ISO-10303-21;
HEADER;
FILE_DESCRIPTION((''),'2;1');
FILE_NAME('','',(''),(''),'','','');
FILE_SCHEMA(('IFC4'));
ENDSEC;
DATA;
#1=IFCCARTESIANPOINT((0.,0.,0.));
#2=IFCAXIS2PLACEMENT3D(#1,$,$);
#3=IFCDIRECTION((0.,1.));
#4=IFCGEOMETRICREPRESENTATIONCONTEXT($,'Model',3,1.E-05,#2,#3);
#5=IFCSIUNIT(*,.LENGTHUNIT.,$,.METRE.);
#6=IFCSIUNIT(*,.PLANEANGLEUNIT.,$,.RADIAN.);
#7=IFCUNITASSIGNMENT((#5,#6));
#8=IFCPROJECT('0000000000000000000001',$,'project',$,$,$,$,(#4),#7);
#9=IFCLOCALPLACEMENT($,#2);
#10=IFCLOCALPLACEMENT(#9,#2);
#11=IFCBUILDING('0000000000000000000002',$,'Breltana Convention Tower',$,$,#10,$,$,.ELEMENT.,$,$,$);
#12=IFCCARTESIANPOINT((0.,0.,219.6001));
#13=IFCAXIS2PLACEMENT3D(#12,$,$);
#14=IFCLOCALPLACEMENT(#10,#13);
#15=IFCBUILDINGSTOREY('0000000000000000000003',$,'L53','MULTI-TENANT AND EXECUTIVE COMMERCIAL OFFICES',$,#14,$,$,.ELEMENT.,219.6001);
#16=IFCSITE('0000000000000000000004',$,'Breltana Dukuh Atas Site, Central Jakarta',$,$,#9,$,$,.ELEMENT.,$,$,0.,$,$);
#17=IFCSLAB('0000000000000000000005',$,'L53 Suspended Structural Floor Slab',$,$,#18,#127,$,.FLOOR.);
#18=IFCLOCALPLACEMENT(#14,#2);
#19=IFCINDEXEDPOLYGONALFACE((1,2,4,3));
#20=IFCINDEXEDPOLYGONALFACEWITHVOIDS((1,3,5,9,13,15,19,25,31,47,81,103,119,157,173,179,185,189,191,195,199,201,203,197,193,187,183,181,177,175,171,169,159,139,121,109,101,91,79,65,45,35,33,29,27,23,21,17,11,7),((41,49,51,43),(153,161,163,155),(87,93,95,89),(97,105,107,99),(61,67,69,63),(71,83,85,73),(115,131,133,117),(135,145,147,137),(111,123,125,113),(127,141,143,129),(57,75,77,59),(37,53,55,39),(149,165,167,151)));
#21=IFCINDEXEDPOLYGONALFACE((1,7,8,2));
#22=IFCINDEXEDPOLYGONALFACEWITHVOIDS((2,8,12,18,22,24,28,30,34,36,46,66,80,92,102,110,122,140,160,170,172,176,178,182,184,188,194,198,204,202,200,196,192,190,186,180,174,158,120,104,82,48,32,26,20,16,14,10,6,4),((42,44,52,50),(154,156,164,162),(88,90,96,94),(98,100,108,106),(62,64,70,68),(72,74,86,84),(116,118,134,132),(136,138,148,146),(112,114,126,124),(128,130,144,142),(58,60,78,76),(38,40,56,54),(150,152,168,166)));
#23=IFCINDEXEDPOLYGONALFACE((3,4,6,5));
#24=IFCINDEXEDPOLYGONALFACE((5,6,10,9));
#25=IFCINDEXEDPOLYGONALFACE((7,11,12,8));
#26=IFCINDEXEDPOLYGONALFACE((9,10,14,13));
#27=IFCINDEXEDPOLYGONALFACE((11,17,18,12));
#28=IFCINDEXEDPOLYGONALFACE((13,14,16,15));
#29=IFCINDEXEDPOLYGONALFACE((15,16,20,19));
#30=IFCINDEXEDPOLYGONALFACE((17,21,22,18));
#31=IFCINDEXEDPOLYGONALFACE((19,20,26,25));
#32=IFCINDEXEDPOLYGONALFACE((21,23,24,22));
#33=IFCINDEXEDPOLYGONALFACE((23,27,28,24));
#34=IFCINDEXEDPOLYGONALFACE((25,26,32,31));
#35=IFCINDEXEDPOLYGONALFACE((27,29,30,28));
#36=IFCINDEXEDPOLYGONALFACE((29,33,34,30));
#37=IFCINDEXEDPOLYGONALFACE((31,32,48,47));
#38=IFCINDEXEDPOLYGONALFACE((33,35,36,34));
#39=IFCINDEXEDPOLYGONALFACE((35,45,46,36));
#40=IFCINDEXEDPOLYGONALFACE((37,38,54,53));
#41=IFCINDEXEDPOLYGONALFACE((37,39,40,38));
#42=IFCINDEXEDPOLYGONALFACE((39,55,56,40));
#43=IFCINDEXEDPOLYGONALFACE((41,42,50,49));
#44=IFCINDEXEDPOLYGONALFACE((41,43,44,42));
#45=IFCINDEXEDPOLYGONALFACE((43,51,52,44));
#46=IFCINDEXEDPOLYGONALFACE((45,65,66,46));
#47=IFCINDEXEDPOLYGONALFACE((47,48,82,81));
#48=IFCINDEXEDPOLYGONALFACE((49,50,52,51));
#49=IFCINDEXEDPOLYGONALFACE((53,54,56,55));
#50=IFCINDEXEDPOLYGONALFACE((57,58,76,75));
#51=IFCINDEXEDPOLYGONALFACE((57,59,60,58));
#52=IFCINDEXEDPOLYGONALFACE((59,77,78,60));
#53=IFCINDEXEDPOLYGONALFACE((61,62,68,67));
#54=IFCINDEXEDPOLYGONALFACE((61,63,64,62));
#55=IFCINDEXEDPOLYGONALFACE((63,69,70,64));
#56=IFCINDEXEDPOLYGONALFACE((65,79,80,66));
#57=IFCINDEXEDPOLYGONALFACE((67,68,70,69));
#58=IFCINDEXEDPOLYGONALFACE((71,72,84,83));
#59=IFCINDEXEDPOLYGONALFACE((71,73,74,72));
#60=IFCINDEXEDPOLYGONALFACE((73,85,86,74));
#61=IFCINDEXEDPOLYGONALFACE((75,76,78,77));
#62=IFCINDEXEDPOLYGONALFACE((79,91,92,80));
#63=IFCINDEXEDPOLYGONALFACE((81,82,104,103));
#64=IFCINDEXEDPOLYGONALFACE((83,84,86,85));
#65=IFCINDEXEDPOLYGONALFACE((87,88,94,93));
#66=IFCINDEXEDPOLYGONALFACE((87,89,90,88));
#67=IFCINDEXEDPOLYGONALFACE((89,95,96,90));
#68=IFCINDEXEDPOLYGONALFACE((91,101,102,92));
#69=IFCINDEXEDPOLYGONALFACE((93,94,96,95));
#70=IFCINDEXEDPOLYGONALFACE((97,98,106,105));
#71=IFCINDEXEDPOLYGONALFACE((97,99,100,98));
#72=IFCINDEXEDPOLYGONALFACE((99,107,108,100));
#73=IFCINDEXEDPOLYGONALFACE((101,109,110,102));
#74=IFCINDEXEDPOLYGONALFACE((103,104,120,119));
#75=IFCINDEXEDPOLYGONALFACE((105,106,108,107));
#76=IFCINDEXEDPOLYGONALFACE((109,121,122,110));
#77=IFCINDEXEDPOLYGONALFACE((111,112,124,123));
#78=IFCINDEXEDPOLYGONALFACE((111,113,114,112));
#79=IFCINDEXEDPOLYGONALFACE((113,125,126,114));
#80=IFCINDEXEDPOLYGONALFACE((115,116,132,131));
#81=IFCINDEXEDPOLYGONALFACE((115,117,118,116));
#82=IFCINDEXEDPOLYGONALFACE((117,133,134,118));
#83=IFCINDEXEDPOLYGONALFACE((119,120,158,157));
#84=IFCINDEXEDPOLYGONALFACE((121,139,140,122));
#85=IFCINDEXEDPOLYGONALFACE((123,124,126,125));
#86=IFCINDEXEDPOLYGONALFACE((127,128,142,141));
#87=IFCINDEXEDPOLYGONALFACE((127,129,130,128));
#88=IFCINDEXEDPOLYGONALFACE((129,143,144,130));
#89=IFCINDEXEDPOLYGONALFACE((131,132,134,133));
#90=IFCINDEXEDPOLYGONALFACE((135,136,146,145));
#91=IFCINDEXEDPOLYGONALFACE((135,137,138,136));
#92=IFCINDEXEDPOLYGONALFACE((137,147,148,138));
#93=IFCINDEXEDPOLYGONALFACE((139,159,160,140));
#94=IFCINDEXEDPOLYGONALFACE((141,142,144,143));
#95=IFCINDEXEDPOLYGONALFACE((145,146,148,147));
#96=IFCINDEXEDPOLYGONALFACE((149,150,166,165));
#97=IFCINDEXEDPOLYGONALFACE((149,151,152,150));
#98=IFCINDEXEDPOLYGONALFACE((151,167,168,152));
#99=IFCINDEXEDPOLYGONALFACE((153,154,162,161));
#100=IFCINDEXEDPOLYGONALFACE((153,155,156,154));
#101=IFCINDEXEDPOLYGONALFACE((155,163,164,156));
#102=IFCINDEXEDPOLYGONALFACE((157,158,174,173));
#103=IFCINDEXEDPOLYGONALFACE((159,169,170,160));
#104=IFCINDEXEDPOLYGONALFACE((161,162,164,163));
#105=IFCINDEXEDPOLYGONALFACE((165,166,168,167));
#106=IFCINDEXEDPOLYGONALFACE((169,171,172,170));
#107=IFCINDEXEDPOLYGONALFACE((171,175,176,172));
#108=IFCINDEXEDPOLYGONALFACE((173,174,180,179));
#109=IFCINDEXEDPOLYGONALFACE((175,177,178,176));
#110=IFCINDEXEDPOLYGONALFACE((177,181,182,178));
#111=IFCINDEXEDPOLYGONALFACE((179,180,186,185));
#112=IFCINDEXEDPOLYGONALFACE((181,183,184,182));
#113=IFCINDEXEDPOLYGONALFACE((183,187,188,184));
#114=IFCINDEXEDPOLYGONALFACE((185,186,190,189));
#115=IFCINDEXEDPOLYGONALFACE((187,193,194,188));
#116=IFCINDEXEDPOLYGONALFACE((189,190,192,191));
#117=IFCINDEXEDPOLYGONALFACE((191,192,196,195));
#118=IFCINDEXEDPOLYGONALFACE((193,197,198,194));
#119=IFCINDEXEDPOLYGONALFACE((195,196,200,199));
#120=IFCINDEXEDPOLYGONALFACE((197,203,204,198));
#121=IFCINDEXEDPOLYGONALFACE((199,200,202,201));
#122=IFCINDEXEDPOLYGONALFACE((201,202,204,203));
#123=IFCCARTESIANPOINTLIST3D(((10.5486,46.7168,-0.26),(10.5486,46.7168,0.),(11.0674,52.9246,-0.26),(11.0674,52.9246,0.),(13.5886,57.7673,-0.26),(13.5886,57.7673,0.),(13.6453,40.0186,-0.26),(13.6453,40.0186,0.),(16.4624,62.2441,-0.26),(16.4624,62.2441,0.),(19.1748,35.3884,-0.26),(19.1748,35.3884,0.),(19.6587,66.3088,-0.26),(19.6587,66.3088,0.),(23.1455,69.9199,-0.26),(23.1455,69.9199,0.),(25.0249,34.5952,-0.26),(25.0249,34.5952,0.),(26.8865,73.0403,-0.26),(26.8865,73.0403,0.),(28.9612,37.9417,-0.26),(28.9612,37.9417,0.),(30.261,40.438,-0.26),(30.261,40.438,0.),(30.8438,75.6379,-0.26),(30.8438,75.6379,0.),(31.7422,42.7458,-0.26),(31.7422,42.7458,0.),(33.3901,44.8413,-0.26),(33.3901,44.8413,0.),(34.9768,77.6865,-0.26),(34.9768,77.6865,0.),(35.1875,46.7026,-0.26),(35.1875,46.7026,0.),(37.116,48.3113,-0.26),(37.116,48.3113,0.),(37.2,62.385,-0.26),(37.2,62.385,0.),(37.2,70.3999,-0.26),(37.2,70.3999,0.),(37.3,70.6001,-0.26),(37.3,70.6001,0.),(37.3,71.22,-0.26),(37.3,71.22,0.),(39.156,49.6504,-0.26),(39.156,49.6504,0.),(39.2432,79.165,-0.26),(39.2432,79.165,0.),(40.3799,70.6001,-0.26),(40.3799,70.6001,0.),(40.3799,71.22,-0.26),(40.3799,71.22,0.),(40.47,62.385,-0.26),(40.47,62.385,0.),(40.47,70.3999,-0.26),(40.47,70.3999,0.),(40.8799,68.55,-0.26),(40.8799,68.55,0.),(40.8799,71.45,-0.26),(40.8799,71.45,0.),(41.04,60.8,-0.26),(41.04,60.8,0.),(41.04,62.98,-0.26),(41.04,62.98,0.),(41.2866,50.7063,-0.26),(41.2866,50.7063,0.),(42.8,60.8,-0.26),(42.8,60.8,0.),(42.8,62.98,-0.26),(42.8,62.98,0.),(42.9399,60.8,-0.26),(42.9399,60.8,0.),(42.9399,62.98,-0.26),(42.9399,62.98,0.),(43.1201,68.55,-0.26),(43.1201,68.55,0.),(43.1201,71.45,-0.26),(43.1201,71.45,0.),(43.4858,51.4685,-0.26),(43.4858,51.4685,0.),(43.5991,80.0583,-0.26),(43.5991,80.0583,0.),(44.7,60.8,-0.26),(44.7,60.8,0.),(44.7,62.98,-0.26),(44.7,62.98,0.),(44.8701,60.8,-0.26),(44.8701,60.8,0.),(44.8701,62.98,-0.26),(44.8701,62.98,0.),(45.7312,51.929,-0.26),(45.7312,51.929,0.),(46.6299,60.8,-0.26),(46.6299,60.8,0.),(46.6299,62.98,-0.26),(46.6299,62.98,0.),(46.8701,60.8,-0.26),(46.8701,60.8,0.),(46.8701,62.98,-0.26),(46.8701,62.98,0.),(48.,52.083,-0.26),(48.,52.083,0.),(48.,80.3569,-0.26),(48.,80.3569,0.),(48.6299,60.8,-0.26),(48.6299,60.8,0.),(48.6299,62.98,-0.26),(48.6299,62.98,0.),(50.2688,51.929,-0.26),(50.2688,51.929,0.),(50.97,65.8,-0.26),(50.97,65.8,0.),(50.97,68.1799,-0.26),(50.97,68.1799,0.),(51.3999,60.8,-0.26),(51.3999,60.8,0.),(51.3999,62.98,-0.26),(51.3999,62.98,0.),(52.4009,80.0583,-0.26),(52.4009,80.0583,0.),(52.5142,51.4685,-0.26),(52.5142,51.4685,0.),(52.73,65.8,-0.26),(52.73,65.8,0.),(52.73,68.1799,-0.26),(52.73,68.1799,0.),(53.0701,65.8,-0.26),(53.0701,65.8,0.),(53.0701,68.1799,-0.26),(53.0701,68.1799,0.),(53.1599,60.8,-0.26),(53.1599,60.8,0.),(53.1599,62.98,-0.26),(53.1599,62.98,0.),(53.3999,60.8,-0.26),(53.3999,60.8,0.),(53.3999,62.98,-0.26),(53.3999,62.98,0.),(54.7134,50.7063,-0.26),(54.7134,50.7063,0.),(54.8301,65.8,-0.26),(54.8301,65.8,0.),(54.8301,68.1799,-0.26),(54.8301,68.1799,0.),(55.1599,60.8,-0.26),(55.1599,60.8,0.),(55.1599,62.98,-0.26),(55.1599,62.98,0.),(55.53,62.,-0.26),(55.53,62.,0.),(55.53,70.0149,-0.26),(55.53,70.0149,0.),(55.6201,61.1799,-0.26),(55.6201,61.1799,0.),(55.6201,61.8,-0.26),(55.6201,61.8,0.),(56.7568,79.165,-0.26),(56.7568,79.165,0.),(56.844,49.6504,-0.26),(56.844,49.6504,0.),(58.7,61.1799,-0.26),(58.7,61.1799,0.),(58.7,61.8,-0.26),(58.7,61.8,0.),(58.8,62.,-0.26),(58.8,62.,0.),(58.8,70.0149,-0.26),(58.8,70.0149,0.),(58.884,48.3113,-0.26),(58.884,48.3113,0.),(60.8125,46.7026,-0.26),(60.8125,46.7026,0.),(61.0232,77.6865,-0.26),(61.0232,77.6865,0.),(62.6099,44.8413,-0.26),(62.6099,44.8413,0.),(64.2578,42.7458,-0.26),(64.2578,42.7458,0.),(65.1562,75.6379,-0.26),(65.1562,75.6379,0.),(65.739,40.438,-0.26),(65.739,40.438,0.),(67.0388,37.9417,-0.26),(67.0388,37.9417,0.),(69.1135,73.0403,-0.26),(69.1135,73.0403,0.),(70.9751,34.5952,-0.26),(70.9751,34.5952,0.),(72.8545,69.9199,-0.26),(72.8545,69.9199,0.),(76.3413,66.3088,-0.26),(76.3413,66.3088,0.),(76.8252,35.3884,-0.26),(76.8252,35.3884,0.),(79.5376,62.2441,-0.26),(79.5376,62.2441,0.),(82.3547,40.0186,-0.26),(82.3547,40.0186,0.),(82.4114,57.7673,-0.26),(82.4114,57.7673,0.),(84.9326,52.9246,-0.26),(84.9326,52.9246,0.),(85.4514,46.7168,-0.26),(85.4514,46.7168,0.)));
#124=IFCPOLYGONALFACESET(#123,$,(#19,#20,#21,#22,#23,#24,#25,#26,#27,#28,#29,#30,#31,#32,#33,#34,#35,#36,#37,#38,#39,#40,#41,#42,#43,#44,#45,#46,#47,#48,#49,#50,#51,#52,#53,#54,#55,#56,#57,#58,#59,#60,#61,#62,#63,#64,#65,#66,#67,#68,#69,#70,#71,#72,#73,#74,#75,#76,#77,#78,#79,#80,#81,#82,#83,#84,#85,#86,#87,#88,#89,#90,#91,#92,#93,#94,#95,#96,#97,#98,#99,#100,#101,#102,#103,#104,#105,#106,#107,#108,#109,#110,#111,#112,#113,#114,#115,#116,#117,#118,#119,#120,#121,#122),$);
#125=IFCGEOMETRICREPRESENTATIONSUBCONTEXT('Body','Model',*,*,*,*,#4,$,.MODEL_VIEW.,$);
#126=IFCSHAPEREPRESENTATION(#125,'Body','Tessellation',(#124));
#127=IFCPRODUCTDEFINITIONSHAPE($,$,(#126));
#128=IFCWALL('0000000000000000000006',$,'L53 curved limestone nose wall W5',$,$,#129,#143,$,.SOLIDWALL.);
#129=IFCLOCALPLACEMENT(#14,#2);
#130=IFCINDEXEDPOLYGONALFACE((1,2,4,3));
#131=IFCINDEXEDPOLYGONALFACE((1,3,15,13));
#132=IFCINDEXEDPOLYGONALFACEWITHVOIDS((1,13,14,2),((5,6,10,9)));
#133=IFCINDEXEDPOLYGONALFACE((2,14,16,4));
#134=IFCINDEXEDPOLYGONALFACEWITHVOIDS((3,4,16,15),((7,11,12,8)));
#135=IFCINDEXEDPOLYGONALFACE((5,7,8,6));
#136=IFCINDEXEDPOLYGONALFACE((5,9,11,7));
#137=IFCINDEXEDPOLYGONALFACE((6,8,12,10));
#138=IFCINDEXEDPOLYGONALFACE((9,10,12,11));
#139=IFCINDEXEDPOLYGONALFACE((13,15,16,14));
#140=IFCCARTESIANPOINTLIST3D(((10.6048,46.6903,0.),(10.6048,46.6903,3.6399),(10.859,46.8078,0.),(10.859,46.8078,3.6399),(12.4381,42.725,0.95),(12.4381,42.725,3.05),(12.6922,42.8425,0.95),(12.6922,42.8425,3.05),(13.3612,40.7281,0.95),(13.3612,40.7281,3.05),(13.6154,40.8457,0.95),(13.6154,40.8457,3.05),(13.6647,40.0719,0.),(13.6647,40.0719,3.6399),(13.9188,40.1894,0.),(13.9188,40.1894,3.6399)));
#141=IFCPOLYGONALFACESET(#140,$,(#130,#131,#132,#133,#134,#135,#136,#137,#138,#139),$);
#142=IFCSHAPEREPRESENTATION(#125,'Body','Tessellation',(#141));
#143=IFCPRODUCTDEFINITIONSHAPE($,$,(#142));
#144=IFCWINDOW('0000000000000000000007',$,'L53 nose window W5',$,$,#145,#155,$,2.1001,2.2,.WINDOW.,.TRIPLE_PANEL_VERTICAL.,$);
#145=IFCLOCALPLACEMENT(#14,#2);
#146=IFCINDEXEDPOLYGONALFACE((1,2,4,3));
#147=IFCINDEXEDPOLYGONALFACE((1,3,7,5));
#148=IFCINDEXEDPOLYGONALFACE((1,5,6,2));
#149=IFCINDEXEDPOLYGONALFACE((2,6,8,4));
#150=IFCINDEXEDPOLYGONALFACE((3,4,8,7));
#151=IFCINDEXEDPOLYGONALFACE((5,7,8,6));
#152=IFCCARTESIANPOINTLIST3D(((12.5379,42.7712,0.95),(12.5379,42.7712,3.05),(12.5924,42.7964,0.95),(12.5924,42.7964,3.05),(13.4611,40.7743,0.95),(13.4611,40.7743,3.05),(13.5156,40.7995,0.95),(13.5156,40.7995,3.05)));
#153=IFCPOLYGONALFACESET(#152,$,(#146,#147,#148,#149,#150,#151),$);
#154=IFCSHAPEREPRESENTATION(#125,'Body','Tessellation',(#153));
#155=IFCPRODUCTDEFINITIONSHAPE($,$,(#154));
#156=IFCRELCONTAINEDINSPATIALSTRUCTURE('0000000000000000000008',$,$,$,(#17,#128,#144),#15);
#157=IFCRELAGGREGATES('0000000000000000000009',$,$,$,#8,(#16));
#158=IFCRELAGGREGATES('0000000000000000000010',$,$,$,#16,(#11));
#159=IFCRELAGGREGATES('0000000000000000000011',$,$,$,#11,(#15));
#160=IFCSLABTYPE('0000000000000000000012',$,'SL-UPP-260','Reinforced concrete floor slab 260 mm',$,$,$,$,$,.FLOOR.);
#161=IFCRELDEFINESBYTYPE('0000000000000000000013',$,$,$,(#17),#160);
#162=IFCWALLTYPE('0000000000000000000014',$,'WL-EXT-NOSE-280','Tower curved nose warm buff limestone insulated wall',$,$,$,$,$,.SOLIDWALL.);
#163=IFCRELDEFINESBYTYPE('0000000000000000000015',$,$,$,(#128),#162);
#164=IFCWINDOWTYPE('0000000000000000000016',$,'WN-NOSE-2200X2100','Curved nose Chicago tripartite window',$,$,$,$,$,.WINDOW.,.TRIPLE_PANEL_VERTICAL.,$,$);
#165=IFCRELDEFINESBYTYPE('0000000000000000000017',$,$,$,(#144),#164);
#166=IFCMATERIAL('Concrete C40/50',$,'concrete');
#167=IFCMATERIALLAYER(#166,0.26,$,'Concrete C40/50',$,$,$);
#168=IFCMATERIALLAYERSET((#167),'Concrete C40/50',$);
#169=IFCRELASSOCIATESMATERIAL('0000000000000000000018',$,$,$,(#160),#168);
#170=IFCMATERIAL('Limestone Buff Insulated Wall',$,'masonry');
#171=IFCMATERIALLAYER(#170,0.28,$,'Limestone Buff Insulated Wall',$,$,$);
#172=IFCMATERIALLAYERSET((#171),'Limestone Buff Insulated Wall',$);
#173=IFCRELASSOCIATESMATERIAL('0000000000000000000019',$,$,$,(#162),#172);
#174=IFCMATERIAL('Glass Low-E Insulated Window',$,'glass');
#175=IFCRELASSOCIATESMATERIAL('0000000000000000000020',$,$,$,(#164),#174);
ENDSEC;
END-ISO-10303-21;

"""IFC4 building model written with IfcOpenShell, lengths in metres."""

from ifc_helpers import new_model, si_unit, direction, frame, frame_2d, origin, place, context, subcontext, project, spatial, polyline, rectangle, outline, extrude, source, transform, mapped, material, layer, layer_set, type_object, type_shapes, element, fill, save


model = new_model("IFC4")

# Units and contexts
model_context = context("Model", 3, precision=1e-05, world=origin(), true_north=direction((0.0, 1.0)))
body_context = subcontext(model_context, "Body", "Model", "MODEL_VIEW")
ifc_project = project(units=[si_unit("LENGTHUNIT", "METRE"), si_unit("PLANEANGLEUNIT", "RADIAN")], contexts=[model_context])

# Site, building, storey
site_placement = place(None, origin())
site = spatial("IfcSite", under=ifc_project, at=site_placement, Name="Breltana Dukuh Atas Site, Central Jakarta", CompositionType="ELEMENT", RefElevation=0.0)
building_placement = place(site_placement, origin())
building = spatial("IfcBuilding", under=site, at=building_placement, Name="Breltana Convention Tower", CompositionType="ELEMENT")
storey_placement = place(building_placement, frame((0.0, 0.0, 219.6001)))
storey = spatial("IfcBuildingStorey", under=building, at=storey_placement, Name="L53", Description="MULTI-TENANT AND EXECUTIVE COMMERCIAL OFFICES", CompositionType="ELEMENT", Elevation=219.6001)

# Shared definitions
ifc_material_1 = material(Name="Concrete C40/50", Category="concrete")

# Slab
ifc_layer_1 = layer(ifc_material_1, 0.26, Name="Concrete C40/50")
ifc_layer_set_1 = layer_set([ifc_layer_1], Name="Concrete C40/50")
slab_type_1 = type_object("IfcSlabType", Name="SL-UPP-260", Description="Reinforced concrete floor slab 260 mm", PredefinedType="FLOOR", material=ifc_layer_set_1)
slab_1_placement = place(storey_placement, frame((0.0, 0.0, -0.26)))
element("IfcSlab", 1, at=slab_1_placement, inside=storey, type_object=slab_type_1, Name="L53 Suspended Structural Floor Slab", PredefinedType="FLOOR", context=body_context, shape_type="SweptSolid", body=[
    extrude(outline(polyline([(84.9326, 52.9246), (82.4114, 57.7673), (79.5376, 62.2441), (76.3413, 66.3088), (72.8545, 69.9199), (69.1135, 73.0403), (65.1562, 75.6379), (61.0232, 77.6865), (56.7568, 79.165), (52.4009, 80.0583), (48.0, 80.3569), (43.5991, 80.0583), (39.2432, 79.165), (34.9768, 77.6865), (30.8438, 75.6379), (26.8865, 73.0403), (23.1455, 69.9199), (19.6587, 66.3088), (16.4624, 62.2441), (13.5886, 57.7673), (11.0674, 52.9246), (10.5486, 46.7168), (13.6453, 40.0186), (19.1748, 35.3884), (25.0249, 34.5952), (28.9612, 37.9417), (30.261, 40.438), (31.7422, 42.7458), (33.3901, 44.8413), (35.1875, 46.7026), (37.116, 48.3113), (39.156, 49.6504), (41.2866, 50.7063), (43.4858, 51.4685), (45.7312, 51.929), (48.0, 52.083), (50.2688, 51.929), (52.5142, 51.4685), (54.7134, 50.7063), (56.844, 49.6504), (58.884, 48.3113), (60.8125, 46.7026), (62.6099, 44.8413), (64.2578, 42.7458), (65.739, 40.438), (67.0388, 37.9417), (70.9751, 34.5952), (76.8252, 35.3884), (82.3547, 40.0186), (85.4514, 46.7168), (84.9326, 52.9246)]), holes=[polyline([(37.2, 62.385), (40.47, 62.385), (40.47, 70.3999), (37.2, 70.3999), (37.2, 62.385)]), polyline([(55.53, 62.0), (58.8, 62.0), (58.8, 70.0149), (55.53, 70.0149), (55.53, 62.0)]), polyline([(41.04, 60.8), (42.8, 60.8), (42.8, 62.98), (41.04, 62.98), (41.04, 60.8)]), polyline([(42.9399, 60.8), (44.7, 60.8), (44.7, 62.98), (42.9399, 62.98), (42.9399, 60.8)]), polyline([(44.8701, 60.8), (46.6299, 60.8), (46.6299, 62.98), (44.8701, 62.98), (44.8701, 60.8)]), polyline([(46.8701, 60.8), (48.6299, 60.8), (48.6299, 62.98), (46.8701, 62.98), (46.8701, 60.8)]), polyline([(51.3999, 60.8), (53.1599, 60.8), (53.1599, 62.98), (51.3999, 62.98), (51.3999, 60.8)]), polyline([(53.3999, 60.8), (55.1599, 60.8), (55.1599, 62.98), (53.3999, 62.98), (53.3999, 60.8)]), polyline([(50.97, 65.8), (52.73, 65.8), (52.73, 68.1799), (50.97, 68.1799), (50.97, 65.8)]), polyline([(53.0701, 65.8), (54.8301, 65.8), (54.8301, 68.1799), (53.0701, 68.1799), (53.0701, 65.8)]), polyline([(40.8799, 68.55), (43.1201, 68.55), (43.1201, 71.45), (40.8799, 71.45), (40.8799, 68.55)]), polyline([(37.3, 70.6001), (40.3799, 70.6001), (40.3799, 71.22), (37.3, 71.22), (37.3, 70.6001)]), polyline([(55.6201, 61.1799), (58.7, 61.1799), (58.7, 61.8), (55.6201, 61.8), (55.6201, 61.1799)])]), origin(), (0.0, 0.0, 1.0), 0.26),
])

# Wall, opening, window
ifc_material_2 = material(Name="Limestone Buff Insulated Wall", Category="masonry")
ifc_layer_2 = layer(ifc_material_2, 0.28, Name="Limestone Buff Insulated Wall")
ifc_layer_set_2 = layer_set([ifc_layer_2], Name="Limestone Buff Insulated Wall")
wall_type_1 = type_object("IfcWallType", Name="WL-EXT-NOSE-280", Description="Tower curved nose warm buff limestone insulated wall", PredefinedType="SOLIDWALL", material=ifc_layer_set_2)
shared_shape_1 = source(origin(), body_context, "Body", "SweptSolid", [
    extrude(rectangle(XDim=7.2915, YDim=0.28, at=frame_2d((3.6458, 0.0))), origin(), (0.0, 0.0, 1.0), 3.6399),
])
wall_1_placement = place(storey_placement, frame((13.7917, 40.1306, 0.0), z_axis=(0.0, 0.0, 1.0), x_axis=(-0.419642, 0.90769, 0.0)))
wall_1 = element("IfcWall", 2, at=wall_1_placement, inside=storey, type_object=wall_type_1, Name="L53 curved limestone nose wall W5", PredefinedType="SOLIDWALL", context=body_context, shape_type="MappedRepresentation", body=[
    mapped(shared_shape_1, transform((0.0, 0.0, 0.0), scale=1.0)),
])
opening_1_placement = place(wall_1_placement, frame((0.7229, 0.0, 0.95)))
opening_1 = element("IfcOpeningElement", 3, at=opening_1_placement, cuts=wall_1, PredefinedType="OPENING", context=body_context, shape_type="SweptSolid", body=[
    extrude(rectangle(XDim=2.2, YDim=2.1001, at=frame_2d((1.1001, 1.05))), frame((0.0, 0.1499, 0.0), z_axis=(0.0, -1.0, 0.0), x_axis=(1.0, 0.0, 0.0)), (0.0, 0.0, 1.0), 0.3),
])
ifc_material_3 = material(Name="Glass Low-E Insulated Window", Category="glass")
window_type = type_object("IfcWindowType", Name="WN-NOSE-2200X2100", Description="Curved nose Chicago tripartite window", PartitioningType="TRIPLE_PANEL_VERTICAL", PredefinedType="WINDOW", material=ifc_material_3)
shared_shape_2 = source(origin(), body_context, "Body", "SweptSolid", [
    extrude(rectangle(XDim=2.2, YDim=2.1001, at=frame_2d((1.1001, 1.05))), frame((0.0, 0.03, 0.0), z_axis=(0.0, -1.0, 0.0), x_axis=(1.0, 0.0, 0.0)), (0.0, 0.0, 1.0), 0.0601),
])
type_shapes(window_type, [shared_shape_2])
window_1_placement = place(opening_1_placement, origin())
window_1 = element("IfcWindow", 4, at=window_1_placement, inside=storey, type_object=window_type, Name="L53 nose window W5", OverallHeight=2.1001, OverallWidth=2.2, PartitioningType="TRIPLE_PANEL_VERTICAL", PredefinedType="WINDOW", context=body_context, shape_type="MappedRepresentation", body=[
    mapped(shared_shape_2, transform((0.0, 0.0, 0.0), scale=1.0)),
])
fill(opening_1, window_1)

save(model, "model.ifc")
